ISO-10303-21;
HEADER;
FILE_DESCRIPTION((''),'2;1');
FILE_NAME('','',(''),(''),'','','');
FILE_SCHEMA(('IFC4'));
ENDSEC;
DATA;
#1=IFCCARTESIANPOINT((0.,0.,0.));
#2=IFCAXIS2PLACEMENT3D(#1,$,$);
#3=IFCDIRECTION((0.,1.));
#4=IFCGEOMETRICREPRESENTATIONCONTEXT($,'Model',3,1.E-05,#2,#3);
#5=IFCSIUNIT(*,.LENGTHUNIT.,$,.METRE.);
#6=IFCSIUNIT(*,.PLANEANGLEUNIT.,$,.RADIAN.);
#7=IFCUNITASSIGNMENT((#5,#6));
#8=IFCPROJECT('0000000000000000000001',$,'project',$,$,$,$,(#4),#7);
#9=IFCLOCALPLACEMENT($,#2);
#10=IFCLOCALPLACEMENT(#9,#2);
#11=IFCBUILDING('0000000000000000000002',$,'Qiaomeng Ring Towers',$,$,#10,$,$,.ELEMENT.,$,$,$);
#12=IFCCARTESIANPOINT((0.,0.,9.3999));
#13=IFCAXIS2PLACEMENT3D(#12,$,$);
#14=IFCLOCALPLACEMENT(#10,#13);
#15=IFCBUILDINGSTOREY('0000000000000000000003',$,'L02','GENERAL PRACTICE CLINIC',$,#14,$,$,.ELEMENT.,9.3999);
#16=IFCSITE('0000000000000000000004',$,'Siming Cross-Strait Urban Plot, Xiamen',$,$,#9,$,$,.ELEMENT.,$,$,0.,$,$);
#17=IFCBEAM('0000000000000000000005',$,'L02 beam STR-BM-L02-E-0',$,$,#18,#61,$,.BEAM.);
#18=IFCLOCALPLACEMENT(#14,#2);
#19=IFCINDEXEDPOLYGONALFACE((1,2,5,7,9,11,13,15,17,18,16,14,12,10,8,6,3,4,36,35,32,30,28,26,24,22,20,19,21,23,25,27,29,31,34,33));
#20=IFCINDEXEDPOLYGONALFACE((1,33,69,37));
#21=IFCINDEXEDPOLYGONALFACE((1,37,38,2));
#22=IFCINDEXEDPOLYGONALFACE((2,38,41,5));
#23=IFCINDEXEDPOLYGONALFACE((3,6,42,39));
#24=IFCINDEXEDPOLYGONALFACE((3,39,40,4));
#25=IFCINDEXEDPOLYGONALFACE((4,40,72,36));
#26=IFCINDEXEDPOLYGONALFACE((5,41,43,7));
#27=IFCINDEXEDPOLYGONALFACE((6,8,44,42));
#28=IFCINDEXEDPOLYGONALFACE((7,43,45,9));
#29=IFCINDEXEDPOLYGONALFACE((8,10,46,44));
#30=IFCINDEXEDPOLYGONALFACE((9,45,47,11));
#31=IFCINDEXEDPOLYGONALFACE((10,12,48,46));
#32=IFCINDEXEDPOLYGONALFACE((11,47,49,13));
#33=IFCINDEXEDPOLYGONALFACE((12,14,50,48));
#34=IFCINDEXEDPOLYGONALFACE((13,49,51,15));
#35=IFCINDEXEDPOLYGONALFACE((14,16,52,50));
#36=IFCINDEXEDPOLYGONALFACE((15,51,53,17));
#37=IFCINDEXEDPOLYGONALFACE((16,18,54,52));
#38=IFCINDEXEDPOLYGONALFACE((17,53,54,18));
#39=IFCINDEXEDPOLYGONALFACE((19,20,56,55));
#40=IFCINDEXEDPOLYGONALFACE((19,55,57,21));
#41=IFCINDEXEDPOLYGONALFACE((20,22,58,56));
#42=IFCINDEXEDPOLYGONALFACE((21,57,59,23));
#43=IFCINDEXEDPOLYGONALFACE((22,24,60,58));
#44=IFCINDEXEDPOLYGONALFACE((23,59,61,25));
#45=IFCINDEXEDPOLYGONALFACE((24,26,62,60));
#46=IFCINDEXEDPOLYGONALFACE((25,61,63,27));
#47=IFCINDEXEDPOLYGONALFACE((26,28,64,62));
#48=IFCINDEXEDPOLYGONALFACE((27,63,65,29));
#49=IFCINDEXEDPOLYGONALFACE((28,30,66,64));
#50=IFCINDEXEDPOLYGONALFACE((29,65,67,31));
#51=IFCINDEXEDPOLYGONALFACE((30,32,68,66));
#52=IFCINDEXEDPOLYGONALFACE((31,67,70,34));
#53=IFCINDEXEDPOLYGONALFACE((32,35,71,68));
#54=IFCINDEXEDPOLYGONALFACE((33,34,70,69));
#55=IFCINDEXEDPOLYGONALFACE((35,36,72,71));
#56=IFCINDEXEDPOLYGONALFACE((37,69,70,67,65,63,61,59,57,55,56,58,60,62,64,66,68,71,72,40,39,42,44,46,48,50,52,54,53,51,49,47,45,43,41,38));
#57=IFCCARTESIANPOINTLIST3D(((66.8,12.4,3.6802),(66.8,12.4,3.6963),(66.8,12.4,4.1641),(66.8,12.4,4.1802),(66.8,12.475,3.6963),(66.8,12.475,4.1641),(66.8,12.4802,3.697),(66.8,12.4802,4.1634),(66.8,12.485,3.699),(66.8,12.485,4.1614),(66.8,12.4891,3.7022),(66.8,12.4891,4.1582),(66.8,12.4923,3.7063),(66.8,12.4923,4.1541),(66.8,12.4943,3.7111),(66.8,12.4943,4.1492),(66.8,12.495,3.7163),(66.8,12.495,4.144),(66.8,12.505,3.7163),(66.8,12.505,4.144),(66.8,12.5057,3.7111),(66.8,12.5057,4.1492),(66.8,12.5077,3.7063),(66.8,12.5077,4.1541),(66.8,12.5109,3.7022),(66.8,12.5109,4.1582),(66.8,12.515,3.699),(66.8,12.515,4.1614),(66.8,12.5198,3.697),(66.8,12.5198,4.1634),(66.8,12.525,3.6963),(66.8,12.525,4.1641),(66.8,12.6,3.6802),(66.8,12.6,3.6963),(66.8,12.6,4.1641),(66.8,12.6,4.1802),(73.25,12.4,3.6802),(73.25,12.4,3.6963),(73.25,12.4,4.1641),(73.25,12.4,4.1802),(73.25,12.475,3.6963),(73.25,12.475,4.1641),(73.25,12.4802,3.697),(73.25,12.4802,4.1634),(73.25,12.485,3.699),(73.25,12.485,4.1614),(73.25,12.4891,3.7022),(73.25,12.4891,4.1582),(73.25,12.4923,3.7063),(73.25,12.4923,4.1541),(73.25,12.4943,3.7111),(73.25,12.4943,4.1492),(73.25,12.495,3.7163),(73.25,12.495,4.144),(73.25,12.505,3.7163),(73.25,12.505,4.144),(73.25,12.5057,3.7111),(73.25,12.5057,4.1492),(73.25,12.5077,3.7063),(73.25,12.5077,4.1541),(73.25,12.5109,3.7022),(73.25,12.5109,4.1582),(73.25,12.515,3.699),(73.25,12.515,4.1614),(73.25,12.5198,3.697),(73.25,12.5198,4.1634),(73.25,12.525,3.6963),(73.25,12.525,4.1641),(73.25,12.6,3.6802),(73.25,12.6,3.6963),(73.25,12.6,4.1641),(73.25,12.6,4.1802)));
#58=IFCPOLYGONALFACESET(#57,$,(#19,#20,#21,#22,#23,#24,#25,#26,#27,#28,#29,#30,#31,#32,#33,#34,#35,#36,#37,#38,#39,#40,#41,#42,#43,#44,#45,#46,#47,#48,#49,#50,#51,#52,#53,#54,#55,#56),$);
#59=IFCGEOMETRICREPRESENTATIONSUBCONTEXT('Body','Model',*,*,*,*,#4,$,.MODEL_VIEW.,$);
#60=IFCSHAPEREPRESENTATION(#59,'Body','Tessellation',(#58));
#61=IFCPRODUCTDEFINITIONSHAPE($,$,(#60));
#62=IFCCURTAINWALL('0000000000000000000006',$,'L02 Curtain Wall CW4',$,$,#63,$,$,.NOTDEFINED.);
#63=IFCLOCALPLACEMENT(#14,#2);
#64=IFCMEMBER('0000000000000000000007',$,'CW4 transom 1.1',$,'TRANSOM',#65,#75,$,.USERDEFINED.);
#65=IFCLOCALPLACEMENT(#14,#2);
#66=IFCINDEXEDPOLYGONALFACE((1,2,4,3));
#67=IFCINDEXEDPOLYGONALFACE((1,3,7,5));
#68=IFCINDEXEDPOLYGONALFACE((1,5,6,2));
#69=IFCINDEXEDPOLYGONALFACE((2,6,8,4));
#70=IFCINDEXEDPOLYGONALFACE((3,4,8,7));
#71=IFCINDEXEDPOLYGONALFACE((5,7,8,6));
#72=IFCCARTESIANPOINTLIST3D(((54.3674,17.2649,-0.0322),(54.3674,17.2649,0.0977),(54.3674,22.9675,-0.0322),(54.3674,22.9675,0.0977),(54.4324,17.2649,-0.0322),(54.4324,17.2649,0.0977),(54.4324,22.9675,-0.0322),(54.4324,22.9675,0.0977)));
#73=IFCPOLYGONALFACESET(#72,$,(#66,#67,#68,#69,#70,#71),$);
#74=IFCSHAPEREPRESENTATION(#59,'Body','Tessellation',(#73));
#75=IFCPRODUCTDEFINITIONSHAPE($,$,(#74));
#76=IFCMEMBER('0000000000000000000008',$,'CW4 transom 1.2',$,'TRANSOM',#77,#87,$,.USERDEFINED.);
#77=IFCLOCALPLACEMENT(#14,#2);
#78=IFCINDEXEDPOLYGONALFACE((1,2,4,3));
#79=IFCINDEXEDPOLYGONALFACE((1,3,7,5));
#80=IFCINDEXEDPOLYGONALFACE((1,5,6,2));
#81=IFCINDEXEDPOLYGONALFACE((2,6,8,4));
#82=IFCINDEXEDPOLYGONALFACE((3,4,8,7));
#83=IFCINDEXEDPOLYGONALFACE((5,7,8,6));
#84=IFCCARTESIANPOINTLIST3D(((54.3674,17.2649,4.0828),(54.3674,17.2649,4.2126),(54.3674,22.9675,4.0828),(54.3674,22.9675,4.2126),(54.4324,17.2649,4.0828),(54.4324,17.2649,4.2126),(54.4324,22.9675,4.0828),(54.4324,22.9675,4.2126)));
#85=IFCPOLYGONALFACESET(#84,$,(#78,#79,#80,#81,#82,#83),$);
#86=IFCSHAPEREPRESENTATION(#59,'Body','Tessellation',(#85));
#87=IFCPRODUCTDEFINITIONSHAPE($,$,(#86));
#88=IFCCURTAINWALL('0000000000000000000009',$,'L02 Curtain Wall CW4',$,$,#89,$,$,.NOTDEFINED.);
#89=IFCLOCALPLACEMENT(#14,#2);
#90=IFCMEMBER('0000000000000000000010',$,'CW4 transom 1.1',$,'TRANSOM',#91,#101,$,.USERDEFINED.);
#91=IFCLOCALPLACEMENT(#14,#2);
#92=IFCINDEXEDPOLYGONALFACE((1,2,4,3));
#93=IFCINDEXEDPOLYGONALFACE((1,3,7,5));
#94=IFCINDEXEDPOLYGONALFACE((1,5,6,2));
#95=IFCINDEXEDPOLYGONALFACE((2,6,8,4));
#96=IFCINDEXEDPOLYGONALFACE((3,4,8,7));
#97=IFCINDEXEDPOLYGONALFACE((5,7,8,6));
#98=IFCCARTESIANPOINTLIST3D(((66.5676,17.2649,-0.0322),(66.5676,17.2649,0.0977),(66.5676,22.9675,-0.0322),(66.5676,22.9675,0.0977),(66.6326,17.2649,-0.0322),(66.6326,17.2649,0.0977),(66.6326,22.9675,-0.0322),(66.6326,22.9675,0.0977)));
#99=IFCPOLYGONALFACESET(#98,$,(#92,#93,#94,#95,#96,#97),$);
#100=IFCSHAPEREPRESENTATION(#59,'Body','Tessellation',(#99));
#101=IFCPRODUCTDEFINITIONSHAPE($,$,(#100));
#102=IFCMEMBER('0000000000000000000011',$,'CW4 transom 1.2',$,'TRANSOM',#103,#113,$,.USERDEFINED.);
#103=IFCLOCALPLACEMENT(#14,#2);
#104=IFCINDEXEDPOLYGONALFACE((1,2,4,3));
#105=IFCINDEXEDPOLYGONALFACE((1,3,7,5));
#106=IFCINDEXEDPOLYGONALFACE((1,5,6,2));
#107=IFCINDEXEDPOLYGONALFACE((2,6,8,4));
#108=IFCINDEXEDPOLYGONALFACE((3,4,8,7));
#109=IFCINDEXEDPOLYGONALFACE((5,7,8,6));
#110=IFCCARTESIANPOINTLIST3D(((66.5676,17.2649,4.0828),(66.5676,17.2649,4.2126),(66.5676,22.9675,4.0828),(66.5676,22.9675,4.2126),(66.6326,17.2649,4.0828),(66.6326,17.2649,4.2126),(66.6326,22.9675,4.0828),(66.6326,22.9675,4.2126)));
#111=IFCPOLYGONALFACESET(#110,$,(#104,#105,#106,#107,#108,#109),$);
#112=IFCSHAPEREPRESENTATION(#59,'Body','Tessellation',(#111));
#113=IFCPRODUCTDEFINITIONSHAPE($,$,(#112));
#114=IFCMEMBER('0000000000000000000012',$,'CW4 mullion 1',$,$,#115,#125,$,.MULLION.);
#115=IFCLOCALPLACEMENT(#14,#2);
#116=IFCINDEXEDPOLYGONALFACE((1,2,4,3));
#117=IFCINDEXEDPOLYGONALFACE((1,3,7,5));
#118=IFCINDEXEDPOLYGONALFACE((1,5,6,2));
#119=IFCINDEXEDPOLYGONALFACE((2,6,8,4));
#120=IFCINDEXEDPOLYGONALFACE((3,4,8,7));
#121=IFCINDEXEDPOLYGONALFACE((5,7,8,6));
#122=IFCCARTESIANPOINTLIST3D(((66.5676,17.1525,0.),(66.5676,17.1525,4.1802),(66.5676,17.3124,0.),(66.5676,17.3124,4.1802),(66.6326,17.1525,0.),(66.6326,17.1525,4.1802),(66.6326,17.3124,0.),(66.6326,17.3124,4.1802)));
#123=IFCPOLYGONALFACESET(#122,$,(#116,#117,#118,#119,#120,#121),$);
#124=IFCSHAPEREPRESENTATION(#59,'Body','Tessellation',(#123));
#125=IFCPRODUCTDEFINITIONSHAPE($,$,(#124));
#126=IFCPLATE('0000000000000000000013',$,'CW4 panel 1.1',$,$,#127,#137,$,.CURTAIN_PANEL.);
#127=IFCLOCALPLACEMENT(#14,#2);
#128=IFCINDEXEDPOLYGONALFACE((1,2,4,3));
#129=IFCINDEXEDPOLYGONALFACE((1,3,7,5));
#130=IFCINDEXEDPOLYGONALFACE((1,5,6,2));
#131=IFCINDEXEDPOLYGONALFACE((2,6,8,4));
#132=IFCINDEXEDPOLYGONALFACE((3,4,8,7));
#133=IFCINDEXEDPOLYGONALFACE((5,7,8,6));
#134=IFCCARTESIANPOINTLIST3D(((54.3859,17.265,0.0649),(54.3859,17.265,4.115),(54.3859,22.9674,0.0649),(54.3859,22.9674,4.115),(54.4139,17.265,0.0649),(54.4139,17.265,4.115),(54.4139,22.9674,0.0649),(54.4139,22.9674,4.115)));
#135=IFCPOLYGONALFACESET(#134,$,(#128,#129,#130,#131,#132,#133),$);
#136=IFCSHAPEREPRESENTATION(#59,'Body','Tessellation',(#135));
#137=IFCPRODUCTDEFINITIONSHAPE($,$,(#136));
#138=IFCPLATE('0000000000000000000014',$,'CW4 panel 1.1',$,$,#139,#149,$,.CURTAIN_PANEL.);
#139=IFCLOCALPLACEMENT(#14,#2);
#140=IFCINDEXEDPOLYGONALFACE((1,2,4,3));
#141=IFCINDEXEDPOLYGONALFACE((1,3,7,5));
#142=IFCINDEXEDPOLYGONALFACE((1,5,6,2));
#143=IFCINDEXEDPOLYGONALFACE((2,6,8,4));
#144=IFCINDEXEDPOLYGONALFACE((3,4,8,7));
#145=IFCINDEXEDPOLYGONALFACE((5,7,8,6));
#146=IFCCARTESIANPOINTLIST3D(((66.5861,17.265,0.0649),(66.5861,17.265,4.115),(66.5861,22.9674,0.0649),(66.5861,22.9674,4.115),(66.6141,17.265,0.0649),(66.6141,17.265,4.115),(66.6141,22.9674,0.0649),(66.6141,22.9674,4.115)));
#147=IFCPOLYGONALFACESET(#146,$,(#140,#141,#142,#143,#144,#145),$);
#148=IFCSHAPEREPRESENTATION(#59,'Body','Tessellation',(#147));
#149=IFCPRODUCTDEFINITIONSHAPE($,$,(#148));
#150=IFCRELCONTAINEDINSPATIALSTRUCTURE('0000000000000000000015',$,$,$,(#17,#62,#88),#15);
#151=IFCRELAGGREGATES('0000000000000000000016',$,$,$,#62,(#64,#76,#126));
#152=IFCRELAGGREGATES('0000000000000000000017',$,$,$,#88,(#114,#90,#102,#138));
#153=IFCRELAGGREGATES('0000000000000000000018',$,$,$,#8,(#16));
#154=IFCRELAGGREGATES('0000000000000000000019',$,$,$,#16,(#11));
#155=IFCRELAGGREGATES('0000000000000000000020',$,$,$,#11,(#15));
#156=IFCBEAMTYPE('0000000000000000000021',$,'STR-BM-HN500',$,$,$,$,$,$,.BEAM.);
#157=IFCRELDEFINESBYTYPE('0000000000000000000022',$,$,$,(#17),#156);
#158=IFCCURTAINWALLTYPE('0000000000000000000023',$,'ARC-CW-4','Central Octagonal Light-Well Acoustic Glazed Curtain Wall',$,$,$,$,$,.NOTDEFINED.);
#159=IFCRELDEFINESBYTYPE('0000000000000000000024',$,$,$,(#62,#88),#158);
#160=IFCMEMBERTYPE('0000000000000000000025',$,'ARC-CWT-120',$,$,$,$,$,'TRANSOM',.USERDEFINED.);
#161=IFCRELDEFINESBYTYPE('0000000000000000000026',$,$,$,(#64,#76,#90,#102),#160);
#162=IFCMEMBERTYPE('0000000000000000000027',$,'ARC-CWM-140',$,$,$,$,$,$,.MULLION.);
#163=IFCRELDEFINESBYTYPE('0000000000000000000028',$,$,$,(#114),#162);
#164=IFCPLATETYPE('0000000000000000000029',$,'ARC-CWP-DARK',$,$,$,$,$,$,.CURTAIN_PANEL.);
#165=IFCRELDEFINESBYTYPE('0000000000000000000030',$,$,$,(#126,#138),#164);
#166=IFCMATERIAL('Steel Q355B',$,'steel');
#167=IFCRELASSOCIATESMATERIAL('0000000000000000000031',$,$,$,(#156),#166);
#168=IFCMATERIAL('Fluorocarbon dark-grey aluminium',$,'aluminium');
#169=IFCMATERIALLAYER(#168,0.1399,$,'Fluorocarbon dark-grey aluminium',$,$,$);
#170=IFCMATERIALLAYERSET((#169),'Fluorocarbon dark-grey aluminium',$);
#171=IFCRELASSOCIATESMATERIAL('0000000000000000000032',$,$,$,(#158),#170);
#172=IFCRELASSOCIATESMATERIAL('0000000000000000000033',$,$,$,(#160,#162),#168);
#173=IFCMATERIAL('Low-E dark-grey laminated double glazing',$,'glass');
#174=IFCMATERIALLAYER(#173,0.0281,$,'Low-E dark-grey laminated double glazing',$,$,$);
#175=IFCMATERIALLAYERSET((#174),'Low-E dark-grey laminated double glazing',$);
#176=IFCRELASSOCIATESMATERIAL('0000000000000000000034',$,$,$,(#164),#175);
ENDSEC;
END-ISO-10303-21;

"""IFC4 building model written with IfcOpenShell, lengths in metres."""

from ifc_helpers import new_model, si_unit, direction, frame, origin, origin_2d, place, context, subcontext, project, spatial, rectangle, i_section, extrude, source, transform, mapped, material, layer, layer_set, material_profile, profile_set, type_object, element, aggregate, save


model = new_model("IFC4")

# Units and contexts
model_context = context("Model", 3, precision=1e-05, world=origin(), true_north=direction((0.0, 1.0)))
body_context = subcontext(model_context, "Body", "Model", "MODEL_VIEW")
ifc_project = project(units=[si_unit("LENGTHUNIT", "METRE"), si_unit("PLANEANGLEUNIT", "RADIAN")], contexts=[model_context])

# Site, building, storey
site_placement = place(None, origin())
site = spatial("IfcSite", under=ifc_project, at=site_placement, Name="Siming Cross-Strait Urban Plot, Xiamen", CompositionType="ELEMENT", RefElevation=0.0)
building_placement = place(site_placement, origin())
building = spatial("IfcBuilding", under=site, at=building_placement, Name="Qiaomeng Ring Towers", CompositionType="ELEMENT")
storey_placement = place(building_placement, frame((0.0, 0.0, 9.3999)))
storey = spatial("IfcBuildingStorey", under=building, at=storey_placement, Name="L02", Description="GENERAL PRACTICE CLINIC", CompositionType="ELEMENT", Elevation=9.3999)

# Beam
ifc_material_1 = material(Name="Steel Q355B", Category="steel")
ifc_material_profile_1 = material_profile(ifc_material_1, i_section(OverallWidth=0.2, OverallDepth=0.5, WebThickness=0.01, FlangeThickness=0.0161, FilletRadius=0.02, at=origin_2d()), Name="HN 500x200x10x16")
ifc_profile_set_1 = profile_set([ifc_material_profile_1], Name="Steel Q355B")
beam_type = type_object("IfcBeamType", Name="STR-BM-HN500", PredefinedType="BEAM", material=ifc_profile_set_1)
shared_shape_1 = source(origin(), body_context, "Body", "SweptSolid", [
    extrude(i_section(OverallWidth=0.2, OverallDepth=0.5, WebThickness=0.01, FlangeThickness=0.0161, FilletRadius=0.02, at=origin_2d()), origin(), (0.0, 0.0, 1.0), 6.45),
])
beam_placement = place(storey_placement, frame((66.8, 12.5, 3.9302), z_axis=(1.0, 0.0, 0.0), x_axis=(0.0, 1.0, 0.0)))
element("IfcBeam", 1, at=beam_placement, inside=storey, type_object=beam_type, Name="L02 beam STR-BM-L02-E-0", PredefinedType="BEAM", context=body_context, shape_type="MappedRepresentation", body=[
    mapped(shared_shape_1, transform((0.0, 0.0, 0.0), x_axis=(1.0, 0.0, 0.0), y_axis=(0.0, 1.0, 0.0), z_axis=(0.0, 0.0, 1.0), scale=1.0)),
])

# Curtain walls, members
ifc_material_2 = material(Name="Fluorocarbon dark-grey aluminium", Category="aluminium")
ifc_layer_1 = layer(ifc_material_2, 0.1399, Name="Fluorocarbon dark-grey aluminium")
ifc_layer_set_1 = layer_set([ifc_layer_1], Name="Fluorocarbon dark-grey aluminium")
curtain_wall_type = type_object("IfcCurtainWallType", Name="ARC-CW-4", Description="Central Octagonal Light-Well Acoustic Glazed Curtain Wall", PredefinedType="NOTDEFINED", material=ifc_layer_set_1)
curtain_wall_1_placement = place(storey_placement, origin())
curtain_wall_1 = element("IfcCurtainWall", 2, at=curtain_wall_1_placement, inside=storey, type_object=curtain_wall_type, Name="L02 Curtain Wall CW4", PredefinedType="NOTDEFINED")
ifc_material_profile_2 = material_profile(ifc_material_2, rectangle(XDim=0.0649, YDim=0.1299, at=origin_2d()), Name="ALU TRAN 65x130")
ifc_profile_set_2 = profile_set([ifc_material_profile_2], Name="Fluorocarbon dark-grey aluminium")
member_type_1 = type_object("IfcMemberType", Name="ARC-CWT-120", ElementType="TRANSOM", PredefinedType="USERDEFINED", material=ifc_profile_set_2)
shared_shape_2 = source(origin(), body_context, "Body", "SweptSolid", [
    extrude(rectangle(XDim=0.0649, YDim=0.1299, at=origin_2d()), origin(), (0.0, 0.0, 1.0), 5.7026),
])
member_1_placement = place(storey_placement, frame((54.3999, 17.2649, 0.0327), z_axis=(0.0, 1.0, 0.0), x_axis=(-1.0, 0.0, 0.0)))
member_1 = element("IfcMember", 3, at=member_1_placement, type_object=member_type_1, Name="CW4 transom 1.1", ObjectType="TRANSOM", PredefinedType="USERDEFINED", context=body_context, shape_type="MappedRepresentation", body=[
    mapped(shared_shape_2, transform((0.0, 0.0, 0.0), x_axis=(1.0, 0.0, 0.0), y_axis=(0.0, 1.0, 0.0), z_axis=(0.0, 0.0, 1.0), scale=1.0)),
])
member_2_placement = place(storey_placement, frame((54.3999, 17.2649, 4.1477), z_axis=(0.0, 1.0, 0.0), x_axis=(-1.0, 0.0, 0.0)))
member_2 = element("IfcMember", 4, at=member_2_placement, type_object=member_type_1, Name="CW4 transom 1.2", ObjectType="TRANSOM", PredefinedType="USERDEFINED", context=body_context, shape_type="MappedRepresentation", body=[
    mapped(shared_shape_2, transform((0.0, 0.0, 0.0), x_axis=(1.0, 0.0, 0.0), y_axis=(0.0, 1.0, 0.0), z_axis=(0.0, 0.0, 1.0), scale=1.0)),
])
curtain_wall_2_placement = place(storey_placement, origin())
curtain_wall_2 = element("IfcCurtainWall", 5, at=curtain_wall_2_placement, inside=storey, type_object=curtain_wall_type, Name="L02 Curtain Wall CW4", PredefinedType="NOTDEFINED")
member_3_placement = place(storey_placement, frame((66.6001, 17.2649, 0.0327), z_axis=(0.0, 1.0, 0.0), x_axis=(-1.0, 0.0, 0.0)))
member_3 = element("IfcMember", 6, at=member_3_placement, type_object=member_type_1, Name="CW4 transom 1.1", ObjectType="TRANSOM", PredefinedType="USERDEFINED", context=body_context, shape_type="MappedRepresentation", body=[
    mapped(shared_shape_2, transform((0.0, 0.0, 0.0), x_axis=(1.0, 0.0, 0.0), y_axis=(0.0, 1.0, 0.0), z_axis=(0.0, 0.0, 1.0), scale=1.0)),
])
member_4_placement = place(storey_placement, frame((66.6001, 17.2649, 4.1477), z_axis=(0.0, 1.0, 0.0), x_axis=(-1.0, 0.0, 0.0)))
member_4 = element("IfcMember", 7, at=member_4_placement, type_object=member_type_1, Name="CW4 transom 1.2", ObjectType="TRANSOM", PredefinedType="USERDEFINED", context=body_context, shape_type="MappedRepresentation", body=[
    mapped(shared_shape_2, transform((0.0, 0.0, 0.0), x_axis=(1.0, 0.0, 0.0), y_axis=(0.0, 1.0, 0.0), z_axis=(0.0, 0.0, 1.0), scale=1.0)),
])
ifc_material_profile_3 = material_profile(ifc_material_2, rectangle(XDim=0.0649, YDim=0.1599, at=origin_2d()), Name="ALU MULL 65x160")
ifc_profile_set_3 = profile_set([ifc_material_profile_3], Name="Fluorocarbon dark-grey aluminium")
member_type_2 = type_object("IfcMemberType", Name="ARC-CWM-140", PredefinedType="MULLION", material=ifc_profile_set_3)
shared_shape_3 = source(origin(), body_context, "Body", "SweptSolid", [
    extrude(rectangle(XDim=0.0649, YDim=0.1599, at=origin_2d()), origin(), (0.0, 0.0, 1.0), 4.1802),
])
member_5_placement = place(storey_placement, frame((66.6001, 17.2324, 0.0), z_axis=(0.0, 0.0, 1.0), x_axis=(-1.0, 0.0, 0.0)))
member_5 = element("IfcMember", 8, at=member_5_placement, type_object=member_type_2, Name="CW4 mullion 1", PredefinedType="MULLION", context=body_context, shape_type="MappedRepresentation", body=[
    mapped(shared_shape_3, transform((0.0, 0.0, 0.0), x_axis=(1.0, 0.0, 0.0), y_axis=(0.0, 1.0, 0.0), z_axis=(0.0, 0.0, 1.0), scale=1.0)),
])

# Plates
ifc_material_3 = material(Name="Low-E dark-grey laminated double glazing", Category="glass")
ifc_layer_2 = layer(ifc_material_3, 0.0281, Name="Low-E dark-grey laminated double glazing")
ifc_layer_set_2 = layer_set([ifc_layer_2], Name="Low-E dark-grey laminated double glazing")
plate_type = type_object("IfcPlateType", Name="ARC-CWP-DARK", PredefinedType="CURTAIN_PANEL", material=ifc_layer_set_2)
shared_shape_4 = source(origin(), body_context, "Body", "SweptSolid", [
    extrude(rectangle(XDim=5.7024, YDim=0.0281, at=origin_2d()), origin(), (0.0, 0.0, 1.0), 4.05),
])
plate_1_placement = place(storey_placement, frame((54.3999, 20.1162, 0.0649), z_axis=(0.0, 0.0, 1.0), x_axis=(0.0, 1.0, 0.0)))
plate_1 = element("IfcPlate", 9, at=plate_1_placement, type_object=plate_type, Name="CW4 panel 1.1", PredefinedType="CURTAIN_PANEL", context=body_context, shape_type="MappedRepresentation", body=[
    mapped(shared_shape_4, transform((0.0, 0.0, 0.0), x_axis=(1.0, 0.0, 0.0), y_axis=(0.0, 1.0, 0.0), z_axis=(0.0, 0.0, 1.0), scale=1.0)),
])
aggregate(curtain_wall_1, [member_1, member_2, plate_1])
plate_2_placement = place(storey_placement, frame((66.6001, 20.1162, 0.0649), z_axis=(0.0, 0.0, 1.0), x_axis=(0.0, 1.0, 0.0)))
plate_2 = element("IfcPlate", 10, at=plate_2_placement, type_object=plate_type, Name="CW4 panel 1.1", PredefinedType="CURTAIN_PANEL", context=body_context, shape_type="MappedRepresentation", body=[
    mapped(shared_shape_4, transform((0.0, 0.0, 0.0), x_axis=(1.0, 0.0, 0.0), y_axis=(0.0, 1.0, 0.0), z_axis=(0.0, 0.0, 1.0), scale=1.0)),
])
aggregate(curtain_wall_2, [member_5, member_3, member_4, plate_2])

save(model, "model.ifc")
